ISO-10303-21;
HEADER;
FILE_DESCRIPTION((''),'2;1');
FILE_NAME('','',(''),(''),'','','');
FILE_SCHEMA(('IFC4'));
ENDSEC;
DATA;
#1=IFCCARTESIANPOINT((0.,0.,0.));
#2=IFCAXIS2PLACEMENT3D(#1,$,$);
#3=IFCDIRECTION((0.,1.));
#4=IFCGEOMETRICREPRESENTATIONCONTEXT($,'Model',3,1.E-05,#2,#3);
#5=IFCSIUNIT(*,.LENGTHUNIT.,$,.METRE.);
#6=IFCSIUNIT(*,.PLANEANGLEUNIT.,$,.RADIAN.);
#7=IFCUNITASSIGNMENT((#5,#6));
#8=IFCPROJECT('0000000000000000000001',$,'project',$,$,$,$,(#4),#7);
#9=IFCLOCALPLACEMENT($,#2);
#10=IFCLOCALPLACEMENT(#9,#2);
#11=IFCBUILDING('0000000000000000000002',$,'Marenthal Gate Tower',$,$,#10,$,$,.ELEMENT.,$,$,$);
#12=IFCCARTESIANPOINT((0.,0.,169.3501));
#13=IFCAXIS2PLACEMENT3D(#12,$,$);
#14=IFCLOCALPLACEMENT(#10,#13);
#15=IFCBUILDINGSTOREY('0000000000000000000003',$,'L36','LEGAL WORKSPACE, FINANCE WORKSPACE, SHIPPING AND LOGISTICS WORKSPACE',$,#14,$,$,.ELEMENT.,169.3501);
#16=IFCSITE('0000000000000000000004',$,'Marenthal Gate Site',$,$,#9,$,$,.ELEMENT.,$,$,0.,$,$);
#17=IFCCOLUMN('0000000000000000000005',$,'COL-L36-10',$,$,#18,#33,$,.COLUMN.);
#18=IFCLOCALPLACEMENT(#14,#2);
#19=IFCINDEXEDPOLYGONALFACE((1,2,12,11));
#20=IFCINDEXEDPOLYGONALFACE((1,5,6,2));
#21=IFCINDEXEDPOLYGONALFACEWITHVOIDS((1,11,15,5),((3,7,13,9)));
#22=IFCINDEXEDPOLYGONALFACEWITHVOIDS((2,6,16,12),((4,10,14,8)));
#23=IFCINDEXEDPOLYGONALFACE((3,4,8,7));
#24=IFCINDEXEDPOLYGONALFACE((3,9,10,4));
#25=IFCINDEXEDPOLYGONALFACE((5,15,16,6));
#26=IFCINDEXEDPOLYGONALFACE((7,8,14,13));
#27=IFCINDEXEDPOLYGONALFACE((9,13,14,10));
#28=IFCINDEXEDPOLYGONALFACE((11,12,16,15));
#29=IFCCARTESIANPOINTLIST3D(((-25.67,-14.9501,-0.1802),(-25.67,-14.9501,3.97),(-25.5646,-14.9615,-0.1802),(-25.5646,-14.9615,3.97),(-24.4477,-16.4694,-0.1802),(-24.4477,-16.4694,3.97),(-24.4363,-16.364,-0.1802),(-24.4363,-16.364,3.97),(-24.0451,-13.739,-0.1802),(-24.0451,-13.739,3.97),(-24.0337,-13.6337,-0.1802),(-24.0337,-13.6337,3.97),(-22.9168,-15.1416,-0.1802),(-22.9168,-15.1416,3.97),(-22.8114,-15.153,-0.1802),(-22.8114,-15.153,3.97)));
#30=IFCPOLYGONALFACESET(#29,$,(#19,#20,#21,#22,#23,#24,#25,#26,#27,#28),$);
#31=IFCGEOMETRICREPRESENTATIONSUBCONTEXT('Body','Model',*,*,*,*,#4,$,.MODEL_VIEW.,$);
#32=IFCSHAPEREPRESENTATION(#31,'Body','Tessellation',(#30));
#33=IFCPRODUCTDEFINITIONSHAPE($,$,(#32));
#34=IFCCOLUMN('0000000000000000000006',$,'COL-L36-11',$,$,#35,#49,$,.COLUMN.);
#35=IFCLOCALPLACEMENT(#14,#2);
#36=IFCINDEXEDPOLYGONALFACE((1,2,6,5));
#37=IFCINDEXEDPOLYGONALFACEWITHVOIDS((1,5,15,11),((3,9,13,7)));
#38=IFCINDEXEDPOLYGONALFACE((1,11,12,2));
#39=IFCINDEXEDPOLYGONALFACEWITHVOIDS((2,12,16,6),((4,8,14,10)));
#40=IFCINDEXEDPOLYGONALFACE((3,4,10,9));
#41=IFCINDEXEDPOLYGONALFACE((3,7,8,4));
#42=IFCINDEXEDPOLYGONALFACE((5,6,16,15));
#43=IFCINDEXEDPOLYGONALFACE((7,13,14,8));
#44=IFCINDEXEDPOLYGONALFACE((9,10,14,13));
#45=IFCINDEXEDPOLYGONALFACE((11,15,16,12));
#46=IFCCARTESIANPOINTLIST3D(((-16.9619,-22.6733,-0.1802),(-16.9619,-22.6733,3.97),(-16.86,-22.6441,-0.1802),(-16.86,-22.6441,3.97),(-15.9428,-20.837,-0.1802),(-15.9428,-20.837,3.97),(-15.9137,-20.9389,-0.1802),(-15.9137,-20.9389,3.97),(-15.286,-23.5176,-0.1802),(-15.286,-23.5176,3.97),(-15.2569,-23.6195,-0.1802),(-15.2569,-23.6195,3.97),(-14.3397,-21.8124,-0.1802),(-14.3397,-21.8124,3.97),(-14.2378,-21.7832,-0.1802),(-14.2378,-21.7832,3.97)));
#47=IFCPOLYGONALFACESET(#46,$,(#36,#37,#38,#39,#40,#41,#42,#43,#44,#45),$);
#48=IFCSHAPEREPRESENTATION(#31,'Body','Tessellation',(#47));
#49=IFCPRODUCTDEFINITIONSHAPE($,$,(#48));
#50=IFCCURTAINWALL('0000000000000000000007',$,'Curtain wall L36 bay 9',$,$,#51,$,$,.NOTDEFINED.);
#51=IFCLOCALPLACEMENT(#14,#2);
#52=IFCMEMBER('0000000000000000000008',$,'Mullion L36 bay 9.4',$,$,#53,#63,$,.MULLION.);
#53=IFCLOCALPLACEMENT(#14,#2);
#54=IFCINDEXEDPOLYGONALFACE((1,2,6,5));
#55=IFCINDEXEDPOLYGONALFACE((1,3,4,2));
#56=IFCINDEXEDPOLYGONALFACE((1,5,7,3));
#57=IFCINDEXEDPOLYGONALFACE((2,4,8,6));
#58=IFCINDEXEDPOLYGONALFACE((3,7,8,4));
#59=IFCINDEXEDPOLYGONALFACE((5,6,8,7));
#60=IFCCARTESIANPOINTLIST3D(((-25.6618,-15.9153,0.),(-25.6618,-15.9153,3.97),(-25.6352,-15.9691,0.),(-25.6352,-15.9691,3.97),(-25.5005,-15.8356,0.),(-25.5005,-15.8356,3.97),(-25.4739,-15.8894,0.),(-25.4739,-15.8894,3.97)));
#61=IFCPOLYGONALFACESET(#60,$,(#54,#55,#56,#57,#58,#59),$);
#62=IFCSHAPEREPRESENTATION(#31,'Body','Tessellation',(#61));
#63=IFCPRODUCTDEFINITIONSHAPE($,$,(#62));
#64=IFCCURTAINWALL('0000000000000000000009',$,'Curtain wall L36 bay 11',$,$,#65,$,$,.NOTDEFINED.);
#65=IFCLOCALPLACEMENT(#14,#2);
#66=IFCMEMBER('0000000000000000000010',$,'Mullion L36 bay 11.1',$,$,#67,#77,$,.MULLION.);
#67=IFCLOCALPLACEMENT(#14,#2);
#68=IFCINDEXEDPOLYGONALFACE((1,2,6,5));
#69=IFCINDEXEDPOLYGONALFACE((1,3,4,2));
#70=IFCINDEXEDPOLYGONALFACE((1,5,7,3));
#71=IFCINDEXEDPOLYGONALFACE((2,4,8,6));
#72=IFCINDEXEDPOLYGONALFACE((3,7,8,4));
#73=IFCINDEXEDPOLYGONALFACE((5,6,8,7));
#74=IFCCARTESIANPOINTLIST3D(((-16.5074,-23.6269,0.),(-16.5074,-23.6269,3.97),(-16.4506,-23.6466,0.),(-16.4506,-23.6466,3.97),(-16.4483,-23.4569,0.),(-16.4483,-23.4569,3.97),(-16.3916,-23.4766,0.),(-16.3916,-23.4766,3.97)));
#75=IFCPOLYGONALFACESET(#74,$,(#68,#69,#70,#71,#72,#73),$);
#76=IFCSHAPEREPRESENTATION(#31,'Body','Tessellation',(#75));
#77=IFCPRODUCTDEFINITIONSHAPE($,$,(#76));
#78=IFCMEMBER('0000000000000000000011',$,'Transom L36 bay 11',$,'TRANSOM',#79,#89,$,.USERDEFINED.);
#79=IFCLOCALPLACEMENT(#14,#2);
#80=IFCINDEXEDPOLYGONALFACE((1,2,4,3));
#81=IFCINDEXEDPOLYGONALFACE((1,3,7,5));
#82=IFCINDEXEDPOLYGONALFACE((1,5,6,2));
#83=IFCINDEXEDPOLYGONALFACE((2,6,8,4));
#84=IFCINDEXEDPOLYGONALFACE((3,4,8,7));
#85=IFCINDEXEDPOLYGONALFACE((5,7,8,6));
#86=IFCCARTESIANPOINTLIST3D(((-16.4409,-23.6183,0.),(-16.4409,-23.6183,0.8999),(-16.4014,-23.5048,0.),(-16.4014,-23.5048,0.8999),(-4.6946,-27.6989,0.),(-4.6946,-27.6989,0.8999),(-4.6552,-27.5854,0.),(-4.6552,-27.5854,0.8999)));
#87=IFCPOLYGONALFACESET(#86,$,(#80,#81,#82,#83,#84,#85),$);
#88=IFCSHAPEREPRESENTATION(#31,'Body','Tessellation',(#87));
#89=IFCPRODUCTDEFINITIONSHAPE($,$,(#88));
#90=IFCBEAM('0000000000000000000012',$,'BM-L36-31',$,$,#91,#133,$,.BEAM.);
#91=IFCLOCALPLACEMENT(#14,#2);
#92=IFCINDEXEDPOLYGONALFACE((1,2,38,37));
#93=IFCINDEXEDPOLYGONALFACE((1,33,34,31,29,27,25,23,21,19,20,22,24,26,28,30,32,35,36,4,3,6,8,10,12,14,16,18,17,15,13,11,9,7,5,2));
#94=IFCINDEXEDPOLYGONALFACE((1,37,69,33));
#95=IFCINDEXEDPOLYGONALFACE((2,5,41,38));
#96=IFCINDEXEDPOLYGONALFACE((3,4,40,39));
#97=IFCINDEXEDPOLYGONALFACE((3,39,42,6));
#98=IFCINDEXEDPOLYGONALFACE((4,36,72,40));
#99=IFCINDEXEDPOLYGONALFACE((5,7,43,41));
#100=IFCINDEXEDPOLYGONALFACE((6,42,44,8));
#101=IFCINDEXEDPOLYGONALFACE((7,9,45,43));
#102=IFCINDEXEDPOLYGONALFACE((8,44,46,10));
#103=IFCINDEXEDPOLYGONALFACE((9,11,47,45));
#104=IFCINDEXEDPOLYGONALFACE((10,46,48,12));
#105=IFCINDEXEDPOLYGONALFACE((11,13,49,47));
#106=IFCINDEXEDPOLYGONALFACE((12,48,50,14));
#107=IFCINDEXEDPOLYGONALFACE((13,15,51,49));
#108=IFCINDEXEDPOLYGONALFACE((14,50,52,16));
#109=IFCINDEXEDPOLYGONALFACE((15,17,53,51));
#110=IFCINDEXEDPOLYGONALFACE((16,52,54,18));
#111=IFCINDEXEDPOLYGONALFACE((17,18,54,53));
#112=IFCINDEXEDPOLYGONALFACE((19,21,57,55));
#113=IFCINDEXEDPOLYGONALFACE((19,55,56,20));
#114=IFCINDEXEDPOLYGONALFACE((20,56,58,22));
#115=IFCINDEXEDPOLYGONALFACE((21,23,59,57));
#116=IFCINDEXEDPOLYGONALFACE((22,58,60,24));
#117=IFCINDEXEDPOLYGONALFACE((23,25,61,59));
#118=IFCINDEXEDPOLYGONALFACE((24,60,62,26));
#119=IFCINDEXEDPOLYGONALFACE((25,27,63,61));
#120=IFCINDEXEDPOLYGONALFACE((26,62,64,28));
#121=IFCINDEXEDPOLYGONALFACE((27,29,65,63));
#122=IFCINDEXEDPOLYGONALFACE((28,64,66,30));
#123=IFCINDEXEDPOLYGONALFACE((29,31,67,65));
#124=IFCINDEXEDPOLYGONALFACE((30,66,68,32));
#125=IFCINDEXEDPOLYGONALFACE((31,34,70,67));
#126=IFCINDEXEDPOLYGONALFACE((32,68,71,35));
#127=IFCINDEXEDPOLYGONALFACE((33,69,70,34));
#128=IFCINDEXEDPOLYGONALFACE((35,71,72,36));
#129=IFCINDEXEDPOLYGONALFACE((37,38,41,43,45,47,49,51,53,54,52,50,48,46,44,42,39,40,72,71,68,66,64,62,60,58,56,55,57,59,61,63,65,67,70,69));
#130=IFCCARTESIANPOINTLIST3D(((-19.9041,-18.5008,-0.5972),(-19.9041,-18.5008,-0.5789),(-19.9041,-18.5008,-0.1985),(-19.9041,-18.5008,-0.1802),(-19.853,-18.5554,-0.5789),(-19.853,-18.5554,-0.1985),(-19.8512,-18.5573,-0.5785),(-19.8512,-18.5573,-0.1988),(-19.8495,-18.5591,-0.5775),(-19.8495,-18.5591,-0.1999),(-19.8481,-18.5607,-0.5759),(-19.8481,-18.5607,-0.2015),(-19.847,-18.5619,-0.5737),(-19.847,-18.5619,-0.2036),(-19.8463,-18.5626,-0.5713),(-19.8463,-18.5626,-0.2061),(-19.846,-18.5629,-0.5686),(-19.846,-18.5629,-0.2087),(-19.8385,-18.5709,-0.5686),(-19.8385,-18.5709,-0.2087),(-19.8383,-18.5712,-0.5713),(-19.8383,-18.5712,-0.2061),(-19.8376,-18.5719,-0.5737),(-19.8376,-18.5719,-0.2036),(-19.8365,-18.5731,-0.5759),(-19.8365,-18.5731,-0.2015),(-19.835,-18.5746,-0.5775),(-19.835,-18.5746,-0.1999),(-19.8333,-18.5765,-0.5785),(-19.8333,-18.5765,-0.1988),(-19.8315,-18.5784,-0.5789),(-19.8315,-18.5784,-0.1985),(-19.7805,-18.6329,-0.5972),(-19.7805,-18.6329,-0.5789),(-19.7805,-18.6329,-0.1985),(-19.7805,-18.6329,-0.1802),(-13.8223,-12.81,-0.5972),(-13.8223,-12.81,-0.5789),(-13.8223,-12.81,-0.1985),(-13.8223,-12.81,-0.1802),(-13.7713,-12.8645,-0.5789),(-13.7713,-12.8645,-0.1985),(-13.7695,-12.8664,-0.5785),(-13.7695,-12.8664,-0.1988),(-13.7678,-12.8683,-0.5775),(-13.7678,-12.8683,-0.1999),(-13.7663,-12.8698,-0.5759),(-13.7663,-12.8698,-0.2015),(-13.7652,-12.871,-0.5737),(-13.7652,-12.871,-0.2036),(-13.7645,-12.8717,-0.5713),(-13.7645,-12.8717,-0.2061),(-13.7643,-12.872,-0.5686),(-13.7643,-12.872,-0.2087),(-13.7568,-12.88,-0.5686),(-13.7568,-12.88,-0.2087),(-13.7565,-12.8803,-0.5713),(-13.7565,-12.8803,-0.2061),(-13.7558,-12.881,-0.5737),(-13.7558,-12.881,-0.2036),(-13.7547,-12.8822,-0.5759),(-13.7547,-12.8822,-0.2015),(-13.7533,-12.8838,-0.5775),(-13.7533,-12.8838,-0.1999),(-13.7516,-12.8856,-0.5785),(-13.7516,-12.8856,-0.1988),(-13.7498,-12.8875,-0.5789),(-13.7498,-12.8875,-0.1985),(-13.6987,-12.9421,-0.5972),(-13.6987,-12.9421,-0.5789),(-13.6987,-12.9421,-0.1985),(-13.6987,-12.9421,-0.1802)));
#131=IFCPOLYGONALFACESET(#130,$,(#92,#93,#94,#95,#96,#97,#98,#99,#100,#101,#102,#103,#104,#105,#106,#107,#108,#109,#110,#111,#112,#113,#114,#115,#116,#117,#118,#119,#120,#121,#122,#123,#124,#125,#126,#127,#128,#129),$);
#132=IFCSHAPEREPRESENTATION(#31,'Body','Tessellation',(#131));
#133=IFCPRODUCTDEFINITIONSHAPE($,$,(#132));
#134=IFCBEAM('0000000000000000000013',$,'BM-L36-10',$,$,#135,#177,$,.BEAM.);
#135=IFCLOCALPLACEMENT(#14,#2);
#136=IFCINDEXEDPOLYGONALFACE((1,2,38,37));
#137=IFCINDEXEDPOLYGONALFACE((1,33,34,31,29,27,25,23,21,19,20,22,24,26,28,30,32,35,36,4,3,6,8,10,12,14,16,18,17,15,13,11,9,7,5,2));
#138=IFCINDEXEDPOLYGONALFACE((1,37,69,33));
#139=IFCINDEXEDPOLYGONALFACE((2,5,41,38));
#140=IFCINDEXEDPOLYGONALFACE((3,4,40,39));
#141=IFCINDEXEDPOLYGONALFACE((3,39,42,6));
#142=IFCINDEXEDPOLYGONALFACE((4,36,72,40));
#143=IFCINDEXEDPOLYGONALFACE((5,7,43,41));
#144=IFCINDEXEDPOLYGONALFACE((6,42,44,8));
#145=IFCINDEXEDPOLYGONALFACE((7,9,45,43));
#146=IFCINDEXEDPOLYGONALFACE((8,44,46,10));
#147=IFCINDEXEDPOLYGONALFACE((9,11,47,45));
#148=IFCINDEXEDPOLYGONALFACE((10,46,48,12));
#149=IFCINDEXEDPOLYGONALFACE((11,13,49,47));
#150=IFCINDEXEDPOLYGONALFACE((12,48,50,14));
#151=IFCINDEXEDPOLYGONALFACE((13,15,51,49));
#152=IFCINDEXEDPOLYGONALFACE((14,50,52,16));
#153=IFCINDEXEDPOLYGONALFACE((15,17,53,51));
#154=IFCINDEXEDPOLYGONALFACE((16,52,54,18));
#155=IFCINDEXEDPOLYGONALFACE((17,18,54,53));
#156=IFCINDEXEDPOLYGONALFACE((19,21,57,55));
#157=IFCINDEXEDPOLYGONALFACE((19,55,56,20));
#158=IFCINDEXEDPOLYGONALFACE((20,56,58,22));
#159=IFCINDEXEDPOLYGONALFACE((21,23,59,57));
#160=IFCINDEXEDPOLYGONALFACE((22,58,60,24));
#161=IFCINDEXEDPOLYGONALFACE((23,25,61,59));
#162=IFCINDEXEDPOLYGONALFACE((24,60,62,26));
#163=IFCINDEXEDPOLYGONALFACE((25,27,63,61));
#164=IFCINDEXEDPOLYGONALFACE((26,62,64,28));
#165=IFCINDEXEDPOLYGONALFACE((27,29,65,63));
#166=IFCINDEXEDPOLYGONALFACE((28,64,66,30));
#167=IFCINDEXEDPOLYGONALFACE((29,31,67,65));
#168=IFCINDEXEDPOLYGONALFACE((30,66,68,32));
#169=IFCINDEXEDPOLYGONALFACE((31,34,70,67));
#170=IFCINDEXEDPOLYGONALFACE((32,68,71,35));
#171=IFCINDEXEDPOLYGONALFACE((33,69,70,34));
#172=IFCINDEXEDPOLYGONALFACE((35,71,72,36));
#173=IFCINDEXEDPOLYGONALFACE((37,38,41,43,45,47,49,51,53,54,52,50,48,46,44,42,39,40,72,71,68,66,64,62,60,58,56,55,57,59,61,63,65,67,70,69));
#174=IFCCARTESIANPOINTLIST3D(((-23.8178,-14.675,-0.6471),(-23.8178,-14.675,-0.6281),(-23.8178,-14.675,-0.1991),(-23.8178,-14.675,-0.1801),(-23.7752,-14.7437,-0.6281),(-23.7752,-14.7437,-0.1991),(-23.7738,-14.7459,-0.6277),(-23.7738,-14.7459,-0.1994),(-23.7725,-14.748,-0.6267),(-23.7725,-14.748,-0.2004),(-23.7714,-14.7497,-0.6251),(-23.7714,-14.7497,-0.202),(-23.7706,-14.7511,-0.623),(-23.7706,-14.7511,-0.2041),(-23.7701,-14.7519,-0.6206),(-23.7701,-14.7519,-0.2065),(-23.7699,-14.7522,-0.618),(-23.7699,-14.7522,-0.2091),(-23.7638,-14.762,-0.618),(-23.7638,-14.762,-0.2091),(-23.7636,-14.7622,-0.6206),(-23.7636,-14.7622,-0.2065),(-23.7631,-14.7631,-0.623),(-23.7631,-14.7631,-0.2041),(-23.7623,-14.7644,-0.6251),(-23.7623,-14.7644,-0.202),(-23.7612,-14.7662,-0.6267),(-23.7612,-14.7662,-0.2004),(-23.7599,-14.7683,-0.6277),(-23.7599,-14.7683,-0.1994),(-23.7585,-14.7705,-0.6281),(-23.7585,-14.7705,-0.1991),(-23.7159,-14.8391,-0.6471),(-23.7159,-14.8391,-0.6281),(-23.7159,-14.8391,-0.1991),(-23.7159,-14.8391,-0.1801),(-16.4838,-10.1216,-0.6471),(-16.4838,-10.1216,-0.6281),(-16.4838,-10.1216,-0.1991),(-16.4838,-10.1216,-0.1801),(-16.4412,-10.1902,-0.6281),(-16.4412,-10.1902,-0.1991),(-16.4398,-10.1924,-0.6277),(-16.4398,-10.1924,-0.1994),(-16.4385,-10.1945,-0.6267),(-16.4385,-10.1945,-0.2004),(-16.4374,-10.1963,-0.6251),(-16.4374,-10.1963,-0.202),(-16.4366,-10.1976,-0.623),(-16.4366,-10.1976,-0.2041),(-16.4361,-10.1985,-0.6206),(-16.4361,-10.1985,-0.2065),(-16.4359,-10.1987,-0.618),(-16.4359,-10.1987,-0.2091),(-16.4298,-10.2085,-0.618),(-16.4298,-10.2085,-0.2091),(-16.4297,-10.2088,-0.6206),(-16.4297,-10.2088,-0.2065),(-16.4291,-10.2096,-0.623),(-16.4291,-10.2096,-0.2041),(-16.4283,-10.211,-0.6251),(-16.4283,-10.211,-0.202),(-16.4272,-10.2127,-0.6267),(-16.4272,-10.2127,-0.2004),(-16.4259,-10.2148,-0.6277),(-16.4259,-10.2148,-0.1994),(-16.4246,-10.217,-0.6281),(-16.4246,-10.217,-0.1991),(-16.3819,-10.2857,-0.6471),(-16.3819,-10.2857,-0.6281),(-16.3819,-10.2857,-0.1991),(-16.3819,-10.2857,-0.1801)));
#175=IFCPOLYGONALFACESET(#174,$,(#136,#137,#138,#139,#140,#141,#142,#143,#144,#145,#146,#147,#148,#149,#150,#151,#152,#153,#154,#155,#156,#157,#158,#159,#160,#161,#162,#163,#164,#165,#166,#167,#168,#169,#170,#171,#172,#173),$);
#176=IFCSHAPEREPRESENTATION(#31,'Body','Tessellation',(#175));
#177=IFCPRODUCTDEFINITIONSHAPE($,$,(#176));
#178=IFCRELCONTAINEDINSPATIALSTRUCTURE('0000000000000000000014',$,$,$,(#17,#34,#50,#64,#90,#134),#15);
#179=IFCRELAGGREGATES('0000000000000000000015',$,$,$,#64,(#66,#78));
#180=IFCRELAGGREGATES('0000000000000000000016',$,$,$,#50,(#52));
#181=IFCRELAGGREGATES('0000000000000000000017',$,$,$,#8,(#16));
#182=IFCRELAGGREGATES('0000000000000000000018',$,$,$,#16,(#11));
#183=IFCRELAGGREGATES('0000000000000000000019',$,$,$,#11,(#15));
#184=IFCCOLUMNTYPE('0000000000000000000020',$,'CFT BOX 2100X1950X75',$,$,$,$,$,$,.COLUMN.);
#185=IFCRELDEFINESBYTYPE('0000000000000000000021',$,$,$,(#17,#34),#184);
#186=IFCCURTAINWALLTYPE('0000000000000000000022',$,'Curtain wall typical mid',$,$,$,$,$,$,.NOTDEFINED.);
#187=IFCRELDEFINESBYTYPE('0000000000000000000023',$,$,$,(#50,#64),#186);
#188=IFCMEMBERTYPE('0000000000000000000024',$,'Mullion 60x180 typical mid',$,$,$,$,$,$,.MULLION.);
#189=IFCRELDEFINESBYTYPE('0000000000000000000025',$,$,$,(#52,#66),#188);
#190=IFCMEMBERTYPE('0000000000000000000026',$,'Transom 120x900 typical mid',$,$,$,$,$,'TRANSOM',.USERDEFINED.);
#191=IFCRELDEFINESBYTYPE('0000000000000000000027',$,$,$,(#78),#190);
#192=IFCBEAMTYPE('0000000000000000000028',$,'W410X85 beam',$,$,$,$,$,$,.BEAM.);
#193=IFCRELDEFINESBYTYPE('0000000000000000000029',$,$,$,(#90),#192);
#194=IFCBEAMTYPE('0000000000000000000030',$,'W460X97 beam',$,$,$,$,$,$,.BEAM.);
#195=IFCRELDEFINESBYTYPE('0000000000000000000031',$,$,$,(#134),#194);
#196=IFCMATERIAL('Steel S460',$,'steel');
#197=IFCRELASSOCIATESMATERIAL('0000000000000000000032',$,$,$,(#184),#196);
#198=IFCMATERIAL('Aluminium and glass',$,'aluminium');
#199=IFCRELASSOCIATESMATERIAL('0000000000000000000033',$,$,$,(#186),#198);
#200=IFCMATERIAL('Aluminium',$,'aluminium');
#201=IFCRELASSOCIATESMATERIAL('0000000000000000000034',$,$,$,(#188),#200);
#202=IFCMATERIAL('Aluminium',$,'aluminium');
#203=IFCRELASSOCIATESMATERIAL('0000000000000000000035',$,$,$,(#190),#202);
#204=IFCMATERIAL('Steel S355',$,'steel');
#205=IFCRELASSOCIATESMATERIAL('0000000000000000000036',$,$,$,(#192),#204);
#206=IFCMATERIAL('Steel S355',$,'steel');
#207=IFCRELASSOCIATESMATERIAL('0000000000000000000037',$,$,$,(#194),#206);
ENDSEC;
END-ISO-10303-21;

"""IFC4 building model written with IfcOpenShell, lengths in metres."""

from ifc_helpers import new_model, si_unit, direction, frame, origin, origin_2d, place, context, subcontext, project, spatial, rectangle, hollow_rectangle, i_section, extrude, material, material_profile, profile_set, type_object, element, aggregate, save


model = new_model("IFC4")

# Units and contexts
model_context = context("Model", 3, precision=1e-05, world=origin(), true_north=direction((0.0, 1.0)))
body_context = subcontext(model_context, "Body", "Model", "MODEL_VIEW")
ifc_project = project(units=[si_unit("LENGTHUNIT", "METRE"), si_unit("PLANEANGLEUNIT", "RADIAN")], contexts=[model_context])

# Site, building, storey
site_placement = place(None, origin())
site = spatial("IfcSite", under=ifc_project, at=site_placement, Name="Marenthal Gate Site", CompositionType="ELEMENT", RefElevation=0.0)
building_placement = place(site_placement, origin())
building = spatial("IfcBuilding", under=site, at=building_placement, Name="Marenthal Gate Tower", CompositionType="ELEMENT")
storey_placement = place(building_placement, frame((0.0, 0.0, 169.3501)))
storey = spatial("IfcBuildingStorey", under=building, at=storey_placement, Name="L36", Description="LEGAL WORKSPACE, FINANCE WORKSPACE, SHIPPING AND LOGISTICS WORKSPACE", CompositionType="ELEMENT", Elevation=169.3501)

# Columns
ifc_material_1 = material(Name="Steel S460", Category="steel")
ifc_material_profile_1 = material_profile(ifc_material_1, hollow_rectangle(XDim=1.95, YDim=2.1001, WallThickness=0.075, at=origin_2d()), Name="CFT BOX 2100X1950X75")
ifc_material_2 = material(Name="Concrete 70 MPa", Category="concrete")
ifc_material_profile_2 = material_profile(ifc_material_2, rectangle(XDim=1.8, YDim=1.95, at=origin_2d()), Name="CFT BOX 2100X1950X75 INFILL")
ifc_profile_set_1 = profile_set([ifc_material_profile_1, ifc_material_profile_2], Name="Steel S460 shell, Concrete 70 MPa infill")
column_type = type_object("IfcColumnType", Name="CFT BOX 2100X1950X75", PredefinedType="COLUMN", material=ifc_profile_set_1)
for number, where, z_axis, x_axis, name in (
    (1, (-24.2407, -15.0515, -0.1802), (0.0, 0.0, 1.0), (-0.626831, 0.779155, 0.0), "COL-L36-10"),
    (2, (-15.5999, -22.2283, -0.1802), (0.0, 0.0, 1.0), (-0.87438, 0.485242, 0.0), "COL-L36-11"),
):
    element("IfcColumn", number, at=place(storey_placement, frame(where, z_axis=z_axis, x_axis=x_axis)), inside=storey, type_object=column_type, Name=name, PredefinedType="COLUMN", context=body_context, shape_type="SweptSolid", body=[
        extrude(hollow_rectangle(XDim=1.95, YDim=2.1001, WallThickness=0.075, at=origin_2d()), origin(), (0.0, 0.0, 1.0), 4.1501),
    ])

# Curtain wall, member
ifc_material_3 = material(Name="Aluminium and glass", Category="aluminium")
curtain_wall_type = type_object("IfcCurtainWallType", Name="Curtain wall typical mid", PredefinedType="NOTDEFINED", material=ifc_material_3)
curtain_wall_1_placement = place(storey_placement, origin())
curtain_wall_1 = element("IfcCurtainWall", 3, at=curtain_wall_1_placement, inside=storey, type_object=curtain_wall_type, Name="Curtain wall L36 bay 9", PredefinedType="NOTDEFINED")
ifc_material_4 = material(Name="Aluminium", Category="aluminium")
ifc_material_profile_3 = material_profile(ifc_material_4, rectangle(XDim=0.1799, YDim=0.0601, at=origin_2d()), Name="60x180 aluminium mullion")
ifc_profile_set_2 = profile_set([ifc_material_profile_3], Name="Aluminium")
member_type_1 = type_object("IfcMemberType", Name="Mullion 60x180 typical mid", PredefinedType="MULLION", material=ifc_profile_set_2)
member_1_placement = place(storey_placement, frame((-25.5679, -15.9023, 0.0), z_axis=(0.0, 0.0, 1.0), x_axis=(0.896609, 0.442824, 0.0)))
member_1 = element("IfcMember", 4, at=member_1_placement, type_object=member_type_1, Name="Mullion L36 bay 9.4", PredefinedType="MULLION", context=body_context, shape_type="SweptSolid", body=[
    extrude(rectangle(XDim=0.1799, YDim=0.0601, at=origin_2d()), origin(), (0.0, 0.0, 1.0), 3.97),
])

# Curtain wall, members
curtain_wall_2_placement = place(storey_placement, origin())
curtain_wall_2 = element("IfcCurtainWall", 5, at=curtain_wall_2_placement, inside=storey, type_object=curtain_wall_type, Name="Curtain wall L36 bay 11", PredefinedType="NOTDEFINED")
member_2_placement = place(storey_placement, frame((-16.4495, -23.5518, 0.0), z_axis=(0.0, 0.0, 1.0), x_axis=(0.328158, 0.944623, 0.0)))
member_2 = element("IfcMember", 6, at=member_2_placement, type_object=member_type_1, Name="Mullion L36 bay 11.1", PredefinedType="MULLION", context=body_context, shape_type="SweptSolid", body=[
    extrude(rectangle(XDim=0.1799, YDim=0.0601, at=origin_2d()), origin(), (0.0, 0.0, 1.0), 3.97),
])
ifc_material_5 = material(Name="Aluminium", Category="aluminium")
ifc_material_profile_4 = material_profile(ifc_material_5, rectangle(XDim=0.1201, YDim=0.8999, at=origin_2d()), Name="120x900 aluminium transom")
ifc_profile_set_3 = profile_set([ifc_material_profile_4], Name="Aluminium")
member_type_2 = type_object("IfcMemberType", Name="Transom 120x900 typical mid", ElementType="TRANSOM", PredefinedType="USERDEFINED", material=ifc_profile_set_3)
member_3_placement = place(storey_placement, frame((-16.4211, -23.5615, 0.45), z_axis=(0.944622, -0.32816, 0.0), x_axis=(0.32816, 0.944622, 0.0)))
member_3 = element("IfcMember", 7, at=member_3_placement, type_object=member_type_2, Name="Transom L36 bay 11", ObjectType="TRANSOM", PredefinedType="USERDEFINED", context=body_context, shape_type="SweptSolid", body=[
    extrude(rectangle(XDim=0.1201, YDim=0.8999, at=origin_2d()), origin(), (0.0, 0.0, 1.0), 12.4348),
])
aggregate(curtain_wall_2, [member_2, member_3])

# Beams
ifc_material_6 = material(Name="Steel S355", Category="steel")
ifc_material_profile_5 = material_profile(ifc_material_6, i_section(OverallWidth=0.1809, OverallDepth=0.417, WebThickness=0.011, FlangeThickness=0.0183, FilletRadius=0.0103, at=origin_2d()), Name="W410X85")
ifc_profile_set_4 = profile_set([ifc_material_profile_5], Name="Steel S355")
beam_type_1 = type_object("IfcBeamType", Name="W410X85 beam", PredefinedType="BEAM", material=ifc_profile_set_4)
beam_1_placement = place(storey_placement, frame((-19.8423, -18.5669, -0.3887), z_axis=(0.730181, 0.683253, 0.0), x_axis=(-0.683253, 0.730181, 0.0)))
element("IfcBeam", 8, at=beam_1_placement, inside=storey, type_object=beam_type_1, Name="BM-L36-31", PredefinedType="BEAM", context=body_context, shape_type="SweptSolid", body=[
    extrude(i_section(OverallWidth=0.1809, OverallDepth=0.417, WebThickness=0.011, FlangeThickness=0.0183, FilletRadius=0.0103, at=origin_2d()), origin(), (0.0, 0.0, 1.0), 8.3291),
])
ifc_material_7 = material(Name="Steel S355", Category="steel")
ifc_material_profile_6 = material_profile(ifc_material_7, i_section(OverallWidth=0.1931, OverallDepth=0.467, WebThickness=0.0115, FlangeThickness=0.019, FilletRadius=0.01, at=origin_2d()), Name="W460X97")
ifc_profile_set_5 = profile_set([ifc_material_profile_6], Name="Steel S355")
beam_type_2 = type_object("IfcBeamType", Name="W460X97 beam", PredefinedType="BEAM", material=ifc_profile_set_5)
beam_2_placement = place(storey_placement, frame((-23.7668, -14.7571, -0.4136), z_axis=(0.849571, 0.527475, 0.0), x_axis=(-0.527475, 0.849571, 0.0)))
element("IfcBeam", 9, at=beam_2_placement, inside=storey, type_object=beam_type_2, Name="BM-L36-10", PredefinedType="BEAM", context=body_context, shape_type="SweptSolid", body=[
    extrude(i_section(OverallWidth=0.1931, OverallDepth=0.467, WebThickness=0.0115, FlangeThickness=0.019, FilletRadius=0.01, at=origin_2d()), origin(), (0.0, 0.0, 1.0), 8.6326),
])

aggregate(curtain_wall_1, [member_1])

save(model, "model.ifc")
